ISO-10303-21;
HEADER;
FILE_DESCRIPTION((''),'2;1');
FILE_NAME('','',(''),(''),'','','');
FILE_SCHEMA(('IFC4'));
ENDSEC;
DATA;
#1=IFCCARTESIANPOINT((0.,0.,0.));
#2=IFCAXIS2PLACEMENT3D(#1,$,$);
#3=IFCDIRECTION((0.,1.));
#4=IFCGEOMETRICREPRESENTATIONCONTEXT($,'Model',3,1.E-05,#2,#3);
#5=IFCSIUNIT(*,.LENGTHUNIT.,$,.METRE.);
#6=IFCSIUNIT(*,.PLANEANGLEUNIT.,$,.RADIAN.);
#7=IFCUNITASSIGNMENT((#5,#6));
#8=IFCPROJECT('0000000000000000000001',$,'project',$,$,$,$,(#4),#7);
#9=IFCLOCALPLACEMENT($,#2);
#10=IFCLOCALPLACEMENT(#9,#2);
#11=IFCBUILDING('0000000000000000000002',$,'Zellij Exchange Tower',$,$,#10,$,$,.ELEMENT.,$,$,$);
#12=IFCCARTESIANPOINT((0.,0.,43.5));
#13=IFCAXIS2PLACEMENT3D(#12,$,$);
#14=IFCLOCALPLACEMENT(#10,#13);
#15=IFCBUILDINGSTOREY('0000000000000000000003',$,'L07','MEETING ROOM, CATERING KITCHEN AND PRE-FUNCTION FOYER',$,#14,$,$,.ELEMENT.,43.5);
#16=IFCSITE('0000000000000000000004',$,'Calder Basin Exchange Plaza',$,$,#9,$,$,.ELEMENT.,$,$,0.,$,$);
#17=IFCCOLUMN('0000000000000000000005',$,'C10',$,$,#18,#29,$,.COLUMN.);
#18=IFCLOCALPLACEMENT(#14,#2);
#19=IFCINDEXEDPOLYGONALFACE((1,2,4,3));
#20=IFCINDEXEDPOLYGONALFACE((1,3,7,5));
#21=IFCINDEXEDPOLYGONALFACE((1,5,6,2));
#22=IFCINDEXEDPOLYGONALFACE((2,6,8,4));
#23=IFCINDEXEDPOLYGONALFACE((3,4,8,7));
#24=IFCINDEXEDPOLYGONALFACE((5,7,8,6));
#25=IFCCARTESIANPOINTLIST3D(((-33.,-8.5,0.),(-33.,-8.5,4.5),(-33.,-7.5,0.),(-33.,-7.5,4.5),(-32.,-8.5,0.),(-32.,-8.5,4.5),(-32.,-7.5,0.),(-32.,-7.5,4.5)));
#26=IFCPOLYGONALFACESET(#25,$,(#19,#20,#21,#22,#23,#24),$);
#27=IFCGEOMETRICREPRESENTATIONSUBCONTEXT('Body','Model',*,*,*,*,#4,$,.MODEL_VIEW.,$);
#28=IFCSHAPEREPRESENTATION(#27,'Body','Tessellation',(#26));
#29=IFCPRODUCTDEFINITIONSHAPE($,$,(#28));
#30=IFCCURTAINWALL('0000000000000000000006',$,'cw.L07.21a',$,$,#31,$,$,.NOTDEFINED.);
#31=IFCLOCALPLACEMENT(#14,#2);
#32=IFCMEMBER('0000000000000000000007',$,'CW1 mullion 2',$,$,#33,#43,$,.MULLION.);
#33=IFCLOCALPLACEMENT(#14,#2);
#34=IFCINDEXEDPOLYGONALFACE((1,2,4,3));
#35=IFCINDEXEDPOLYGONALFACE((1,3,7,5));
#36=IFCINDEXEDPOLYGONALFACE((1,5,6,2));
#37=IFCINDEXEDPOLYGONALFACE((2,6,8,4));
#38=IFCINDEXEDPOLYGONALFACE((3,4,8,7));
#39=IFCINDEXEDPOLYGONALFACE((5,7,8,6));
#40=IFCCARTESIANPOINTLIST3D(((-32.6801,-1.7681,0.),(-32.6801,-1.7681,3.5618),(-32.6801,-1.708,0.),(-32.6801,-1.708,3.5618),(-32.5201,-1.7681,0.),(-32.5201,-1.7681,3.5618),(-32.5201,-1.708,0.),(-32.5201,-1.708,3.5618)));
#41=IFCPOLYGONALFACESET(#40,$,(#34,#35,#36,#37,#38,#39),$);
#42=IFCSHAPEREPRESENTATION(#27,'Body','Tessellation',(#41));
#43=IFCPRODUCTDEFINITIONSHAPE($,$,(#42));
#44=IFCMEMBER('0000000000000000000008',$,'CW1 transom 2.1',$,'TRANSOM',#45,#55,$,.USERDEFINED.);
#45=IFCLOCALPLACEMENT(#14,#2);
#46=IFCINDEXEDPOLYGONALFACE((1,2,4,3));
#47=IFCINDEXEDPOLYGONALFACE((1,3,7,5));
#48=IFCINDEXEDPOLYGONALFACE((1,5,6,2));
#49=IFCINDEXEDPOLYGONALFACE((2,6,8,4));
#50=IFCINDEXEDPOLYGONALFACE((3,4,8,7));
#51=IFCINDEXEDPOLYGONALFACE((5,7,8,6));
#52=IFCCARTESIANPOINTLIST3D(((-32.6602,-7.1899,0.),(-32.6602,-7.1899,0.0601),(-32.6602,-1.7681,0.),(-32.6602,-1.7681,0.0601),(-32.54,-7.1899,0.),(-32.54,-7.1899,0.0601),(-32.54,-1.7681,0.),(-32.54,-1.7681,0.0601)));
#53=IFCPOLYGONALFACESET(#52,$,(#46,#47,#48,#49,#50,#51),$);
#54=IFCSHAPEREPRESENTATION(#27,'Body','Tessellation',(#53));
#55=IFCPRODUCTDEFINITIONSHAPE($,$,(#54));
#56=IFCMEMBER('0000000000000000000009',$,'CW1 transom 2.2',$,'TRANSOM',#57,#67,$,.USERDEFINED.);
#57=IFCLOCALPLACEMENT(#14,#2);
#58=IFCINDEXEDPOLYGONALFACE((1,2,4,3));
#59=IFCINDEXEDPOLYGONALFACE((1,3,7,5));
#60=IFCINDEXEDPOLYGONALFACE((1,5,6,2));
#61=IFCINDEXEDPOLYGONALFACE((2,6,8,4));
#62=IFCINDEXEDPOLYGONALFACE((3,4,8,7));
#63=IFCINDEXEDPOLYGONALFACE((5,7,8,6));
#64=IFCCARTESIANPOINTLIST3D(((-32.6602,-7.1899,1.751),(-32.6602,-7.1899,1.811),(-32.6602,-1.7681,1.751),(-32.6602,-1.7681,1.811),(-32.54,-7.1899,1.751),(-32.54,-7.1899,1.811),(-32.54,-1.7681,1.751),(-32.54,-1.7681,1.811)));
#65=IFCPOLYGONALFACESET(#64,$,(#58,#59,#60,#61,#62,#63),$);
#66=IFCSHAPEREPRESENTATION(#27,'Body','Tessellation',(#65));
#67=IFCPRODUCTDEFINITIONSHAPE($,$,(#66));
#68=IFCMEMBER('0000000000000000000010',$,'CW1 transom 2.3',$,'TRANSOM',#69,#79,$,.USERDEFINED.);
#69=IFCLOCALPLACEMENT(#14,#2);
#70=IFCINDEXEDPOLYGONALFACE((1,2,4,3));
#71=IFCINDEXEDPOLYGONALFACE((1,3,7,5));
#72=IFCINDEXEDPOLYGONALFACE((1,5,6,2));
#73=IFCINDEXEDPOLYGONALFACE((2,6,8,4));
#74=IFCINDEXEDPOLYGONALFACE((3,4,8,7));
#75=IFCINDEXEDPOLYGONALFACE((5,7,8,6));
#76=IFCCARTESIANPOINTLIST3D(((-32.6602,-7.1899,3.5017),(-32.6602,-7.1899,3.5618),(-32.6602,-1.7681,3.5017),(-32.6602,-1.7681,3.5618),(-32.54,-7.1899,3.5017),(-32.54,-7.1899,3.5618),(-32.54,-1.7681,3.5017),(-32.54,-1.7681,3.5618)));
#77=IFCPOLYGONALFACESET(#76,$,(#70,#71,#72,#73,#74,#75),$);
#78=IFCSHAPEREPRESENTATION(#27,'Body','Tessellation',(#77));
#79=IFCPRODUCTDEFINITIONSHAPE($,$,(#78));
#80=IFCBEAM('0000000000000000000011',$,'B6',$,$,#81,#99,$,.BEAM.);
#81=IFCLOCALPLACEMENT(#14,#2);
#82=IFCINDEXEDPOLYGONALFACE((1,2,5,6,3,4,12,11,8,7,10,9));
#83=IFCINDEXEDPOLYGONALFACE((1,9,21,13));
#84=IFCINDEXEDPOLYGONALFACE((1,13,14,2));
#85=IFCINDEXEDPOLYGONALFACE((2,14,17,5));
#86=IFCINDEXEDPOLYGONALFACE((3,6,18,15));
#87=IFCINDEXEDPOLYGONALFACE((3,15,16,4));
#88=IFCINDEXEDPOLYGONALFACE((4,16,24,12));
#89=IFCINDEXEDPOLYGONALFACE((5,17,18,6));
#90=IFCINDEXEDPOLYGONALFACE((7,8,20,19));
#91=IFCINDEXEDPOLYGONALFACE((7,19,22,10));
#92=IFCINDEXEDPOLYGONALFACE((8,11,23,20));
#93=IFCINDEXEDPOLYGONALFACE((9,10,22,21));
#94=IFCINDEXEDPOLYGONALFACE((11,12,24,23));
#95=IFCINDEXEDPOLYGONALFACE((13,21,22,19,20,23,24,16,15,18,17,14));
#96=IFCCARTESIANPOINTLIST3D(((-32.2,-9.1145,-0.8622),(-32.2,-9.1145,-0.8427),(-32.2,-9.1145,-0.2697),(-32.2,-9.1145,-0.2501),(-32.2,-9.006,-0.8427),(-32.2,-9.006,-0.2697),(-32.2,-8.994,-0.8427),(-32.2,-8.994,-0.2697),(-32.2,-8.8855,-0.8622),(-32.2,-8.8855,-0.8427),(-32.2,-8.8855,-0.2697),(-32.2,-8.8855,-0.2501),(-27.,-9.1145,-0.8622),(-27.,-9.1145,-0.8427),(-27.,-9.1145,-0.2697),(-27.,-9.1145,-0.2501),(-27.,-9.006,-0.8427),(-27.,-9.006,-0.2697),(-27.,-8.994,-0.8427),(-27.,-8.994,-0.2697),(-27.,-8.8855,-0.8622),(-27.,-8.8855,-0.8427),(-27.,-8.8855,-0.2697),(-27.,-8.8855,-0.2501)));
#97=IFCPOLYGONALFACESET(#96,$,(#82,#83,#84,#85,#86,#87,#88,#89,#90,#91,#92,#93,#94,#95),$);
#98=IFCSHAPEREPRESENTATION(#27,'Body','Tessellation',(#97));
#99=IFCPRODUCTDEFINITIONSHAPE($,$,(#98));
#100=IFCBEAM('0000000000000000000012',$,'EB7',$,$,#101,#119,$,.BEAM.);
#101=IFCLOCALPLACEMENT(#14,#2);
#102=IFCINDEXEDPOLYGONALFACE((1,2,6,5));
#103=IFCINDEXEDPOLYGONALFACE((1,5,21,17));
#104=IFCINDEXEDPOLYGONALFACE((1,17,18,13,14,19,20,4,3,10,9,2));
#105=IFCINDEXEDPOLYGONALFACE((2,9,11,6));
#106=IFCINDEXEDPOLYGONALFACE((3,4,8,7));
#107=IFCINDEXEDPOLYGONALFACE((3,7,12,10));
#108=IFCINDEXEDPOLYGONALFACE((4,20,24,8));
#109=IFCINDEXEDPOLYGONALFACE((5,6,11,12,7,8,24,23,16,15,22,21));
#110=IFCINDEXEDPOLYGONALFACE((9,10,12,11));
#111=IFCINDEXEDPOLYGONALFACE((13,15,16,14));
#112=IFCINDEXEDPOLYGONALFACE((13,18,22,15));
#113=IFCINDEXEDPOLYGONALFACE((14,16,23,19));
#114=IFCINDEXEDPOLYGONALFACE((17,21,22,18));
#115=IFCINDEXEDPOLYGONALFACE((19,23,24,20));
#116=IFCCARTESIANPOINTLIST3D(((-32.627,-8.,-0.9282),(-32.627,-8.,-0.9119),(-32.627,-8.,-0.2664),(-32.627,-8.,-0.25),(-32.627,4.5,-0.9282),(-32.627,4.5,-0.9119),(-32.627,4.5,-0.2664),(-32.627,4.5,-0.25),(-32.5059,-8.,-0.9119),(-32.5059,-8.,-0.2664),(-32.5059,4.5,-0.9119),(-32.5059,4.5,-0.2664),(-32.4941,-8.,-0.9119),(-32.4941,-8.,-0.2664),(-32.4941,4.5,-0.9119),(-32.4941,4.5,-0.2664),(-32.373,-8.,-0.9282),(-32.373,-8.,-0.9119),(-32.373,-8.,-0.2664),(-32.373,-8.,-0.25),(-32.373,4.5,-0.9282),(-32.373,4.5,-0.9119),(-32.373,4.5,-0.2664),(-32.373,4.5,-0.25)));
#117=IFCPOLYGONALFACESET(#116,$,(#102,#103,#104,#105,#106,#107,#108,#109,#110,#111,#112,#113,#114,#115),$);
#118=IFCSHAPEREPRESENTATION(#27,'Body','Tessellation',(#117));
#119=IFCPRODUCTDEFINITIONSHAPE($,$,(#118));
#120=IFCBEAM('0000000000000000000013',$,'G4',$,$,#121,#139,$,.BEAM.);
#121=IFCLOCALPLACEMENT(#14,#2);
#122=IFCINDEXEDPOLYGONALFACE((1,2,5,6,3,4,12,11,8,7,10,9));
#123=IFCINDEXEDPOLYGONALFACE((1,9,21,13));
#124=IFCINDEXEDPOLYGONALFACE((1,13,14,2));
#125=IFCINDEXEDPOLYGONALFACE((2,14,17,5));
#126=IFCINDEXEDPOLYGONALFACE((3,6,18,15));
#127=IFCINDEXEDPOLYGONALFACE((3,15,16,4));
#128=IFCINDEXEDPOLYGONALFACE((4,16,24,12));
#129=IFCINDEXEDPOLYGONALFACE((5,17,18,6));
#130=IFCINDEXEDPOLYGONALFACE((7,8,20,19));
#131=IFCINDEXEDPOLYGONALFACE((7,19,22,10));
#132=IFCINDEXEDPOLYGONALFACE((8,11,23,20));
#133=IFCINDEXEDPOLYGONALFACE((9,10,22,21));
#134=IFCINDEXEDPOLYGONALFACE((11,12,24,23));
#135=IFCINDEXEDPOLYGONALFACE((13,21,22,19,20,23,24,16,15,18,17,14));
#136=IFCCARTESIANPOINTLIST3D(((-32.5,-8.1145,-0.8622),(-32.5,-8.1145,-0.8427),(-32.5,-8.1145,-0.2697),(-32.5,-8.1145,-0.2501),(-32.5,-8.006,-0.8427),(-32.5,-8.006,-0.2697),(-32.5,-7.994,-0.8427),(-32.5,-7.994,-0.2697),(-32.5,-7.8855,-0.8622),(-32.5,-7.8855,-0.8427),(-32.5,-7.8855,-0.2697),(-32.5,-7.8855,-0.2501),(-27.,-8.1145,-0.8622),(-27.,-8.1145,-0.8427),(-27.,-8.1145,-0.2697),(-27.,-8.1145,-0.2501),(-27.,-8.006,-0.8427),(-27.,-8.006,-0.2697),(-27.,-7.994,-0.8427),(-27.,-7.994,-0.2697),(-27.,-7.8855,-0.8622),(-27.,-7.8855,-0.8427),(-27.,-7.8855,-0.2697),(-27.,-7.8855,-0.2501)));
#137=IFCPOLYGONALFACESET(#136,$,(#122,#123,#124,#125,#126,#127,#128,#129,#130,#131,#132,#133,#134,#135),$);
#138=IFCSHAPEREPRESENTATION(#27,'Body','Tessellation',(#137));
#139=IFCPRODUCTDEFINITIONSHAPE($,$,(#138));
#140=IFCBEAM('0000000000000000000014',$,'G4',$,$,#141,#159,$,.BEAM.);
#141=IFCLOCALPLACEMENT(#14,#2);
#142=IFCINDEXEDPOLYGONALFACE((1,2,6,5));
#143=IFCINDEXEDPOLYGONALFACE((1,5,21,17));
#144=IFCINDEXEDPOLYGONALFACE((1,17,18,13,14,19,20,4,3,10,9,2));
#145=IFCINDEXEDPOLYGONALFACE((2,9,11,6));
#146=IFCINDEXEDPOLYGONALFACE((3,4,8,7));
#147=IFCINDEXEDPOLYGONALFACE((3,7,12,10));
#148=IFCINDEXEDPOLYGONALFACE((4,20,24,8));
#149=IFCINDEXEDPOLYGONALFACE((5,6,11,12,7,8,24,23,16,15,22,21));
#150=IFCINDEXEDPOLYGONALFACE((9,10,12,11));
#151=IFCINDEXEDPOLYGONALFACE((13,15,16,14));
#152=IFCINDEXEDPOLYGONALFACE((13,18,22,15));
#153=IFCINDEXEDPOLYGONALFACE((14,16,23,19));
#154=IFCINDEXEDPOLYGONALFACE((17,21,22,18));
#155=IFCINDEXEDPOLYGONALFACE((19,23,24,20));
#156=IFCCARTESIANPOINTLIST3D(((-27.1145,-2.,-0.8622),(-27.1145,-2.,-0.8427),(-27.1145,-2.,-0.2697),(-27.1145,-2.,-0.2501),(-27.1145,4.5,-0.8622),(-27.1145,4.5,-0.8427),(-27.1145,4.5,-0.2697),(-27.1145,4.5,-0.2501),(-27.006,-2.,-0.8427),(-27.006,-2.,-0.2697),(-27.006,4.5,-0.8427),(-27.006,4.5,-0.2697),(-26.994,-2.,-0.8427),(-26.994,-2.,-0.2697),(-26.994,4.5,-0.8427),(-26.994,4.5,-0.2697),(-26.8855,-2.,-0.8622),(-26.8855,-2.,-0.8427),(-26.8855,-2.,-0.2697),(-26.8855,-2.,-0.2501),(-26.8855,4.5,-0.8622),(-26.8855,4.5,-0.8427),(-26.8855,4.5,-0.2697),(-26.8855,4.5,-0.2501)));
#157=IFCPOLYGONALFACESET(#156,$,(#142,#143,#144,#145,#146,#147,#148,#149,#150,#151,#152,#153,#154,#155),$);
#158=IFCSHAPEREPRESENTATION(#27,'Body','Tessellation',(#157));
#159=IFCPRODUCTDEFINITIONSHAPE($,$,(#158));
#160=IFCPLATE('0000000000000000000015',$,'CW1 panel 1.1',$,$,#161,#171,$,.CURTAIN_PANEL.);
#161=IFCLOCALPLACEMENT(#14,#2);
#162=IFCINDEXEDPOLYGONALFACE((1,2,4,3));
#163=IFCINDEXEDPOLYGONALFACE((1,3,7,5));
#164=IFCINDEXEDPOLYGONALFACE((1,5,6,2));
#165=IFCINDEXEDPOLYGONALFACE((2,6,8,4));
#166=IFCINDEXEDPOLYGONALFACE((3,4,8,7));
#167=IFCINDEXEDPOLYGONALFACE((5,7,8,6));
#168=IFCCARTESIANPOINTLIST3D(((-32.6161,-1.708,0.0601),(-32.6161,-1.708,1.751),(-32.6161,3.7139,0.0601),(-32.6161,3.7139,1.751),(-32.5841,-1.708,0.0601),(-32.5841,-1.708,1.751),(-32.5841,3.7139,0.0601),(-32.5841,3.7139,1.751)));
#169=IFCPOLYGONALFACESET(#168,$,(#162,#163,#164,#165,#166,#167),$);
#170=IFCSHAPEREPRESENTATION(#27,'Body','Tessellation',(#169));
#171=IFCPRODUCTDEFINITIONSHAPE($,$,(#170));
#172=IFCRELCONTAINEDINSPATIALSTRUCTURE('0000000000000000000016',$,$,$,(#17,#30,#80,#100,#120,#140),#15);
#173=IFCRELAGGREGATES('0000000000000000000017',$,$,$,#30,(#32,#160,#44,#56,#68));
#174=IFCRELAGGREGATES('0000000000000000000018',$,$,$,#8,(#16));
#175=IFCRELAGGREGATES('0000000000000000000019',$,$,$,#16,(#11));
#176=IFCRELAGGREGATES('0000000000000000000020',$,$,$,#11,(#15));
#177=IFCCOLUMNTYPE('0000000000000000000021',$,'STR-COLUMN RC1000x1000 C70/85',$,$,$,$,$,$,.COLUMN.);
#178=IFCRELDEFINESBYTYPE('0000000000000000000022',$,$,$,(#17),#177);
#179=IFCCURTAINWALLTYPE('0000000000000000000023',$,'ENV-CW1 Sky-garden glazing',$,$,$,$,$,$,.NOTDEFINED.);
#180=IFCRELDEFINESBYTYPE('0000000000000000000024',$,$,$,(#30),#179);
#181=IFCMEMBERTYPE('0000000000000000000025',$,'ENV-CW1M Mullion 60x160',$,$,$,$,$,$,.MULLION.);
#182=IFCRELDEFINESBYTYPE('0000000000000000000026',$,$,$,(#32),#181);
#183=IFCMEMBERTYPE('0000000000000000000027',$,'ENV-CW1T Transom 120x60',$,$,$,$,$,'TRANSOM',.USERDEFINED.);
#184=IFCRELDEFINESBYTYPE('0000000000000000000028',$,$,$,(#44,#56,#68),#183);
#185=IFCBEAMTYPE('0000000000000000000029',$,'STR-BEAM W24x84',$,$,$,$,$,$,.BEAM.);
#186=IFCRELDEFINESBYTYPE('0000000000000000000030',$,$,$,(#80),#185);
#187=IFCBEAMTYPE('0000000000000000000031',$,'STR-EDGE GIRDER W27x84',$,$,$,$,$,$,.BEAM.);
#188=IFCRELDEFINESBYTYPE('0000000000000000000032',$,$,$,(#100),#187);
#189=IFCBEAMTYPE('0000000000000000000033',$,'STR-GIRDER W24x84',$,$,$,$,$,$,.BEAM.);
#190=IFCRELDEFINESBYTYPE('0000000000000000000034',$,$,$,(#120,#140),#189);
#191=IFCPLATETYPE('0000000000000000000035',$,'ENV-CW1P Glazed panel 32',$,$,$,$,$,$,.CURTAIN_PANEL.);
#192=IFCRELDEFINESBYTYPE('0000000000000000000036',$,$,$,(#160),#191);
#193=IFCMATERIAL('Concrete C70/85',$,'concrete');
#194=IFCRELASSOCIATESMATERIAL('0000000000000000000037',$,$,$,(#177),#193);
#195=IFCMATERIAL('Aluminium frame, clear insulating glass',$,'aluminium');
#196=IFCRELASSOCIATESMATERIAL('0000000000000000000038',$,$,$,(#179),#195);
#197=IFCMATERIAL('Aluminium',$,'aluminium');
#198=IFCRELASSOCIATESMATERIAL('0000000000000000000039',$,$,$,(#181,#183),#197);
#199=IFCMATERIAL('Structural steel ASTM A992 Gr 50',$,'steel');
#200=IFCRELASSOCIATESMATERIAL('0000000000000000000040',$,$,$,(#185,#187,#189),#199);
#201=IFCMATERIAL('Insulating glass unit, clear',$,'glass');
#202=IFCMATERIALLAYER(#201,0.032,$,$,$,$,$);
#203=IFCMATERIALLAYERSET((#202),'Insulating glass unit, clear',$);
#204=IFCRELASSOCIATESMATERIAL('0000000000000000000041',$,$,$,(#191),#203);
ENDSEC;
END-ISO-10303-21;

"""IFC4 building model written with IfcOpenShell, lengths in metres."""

from ifc_helpers import new_model, si_unit, direction, frame, origin, origin_2d, place, context, subcontext, project, spatial, rectangle, i_section, extrude, material, layer, layer_set, material_profile, profile_set, type_object, element, aggregate, save


model = new_model("IFC4")

# Units and contexts
model_context = context("Model", 3, precision=1e-05, world=origin(), true_north=direction((0.0, 1.0)))
body_context = subcontext(model_context, "Body", "Model", "MODEL_VIEW")
ifc_project = project(units=[si_unit("LENGTHUNIT", "METRE"), si_unit("PLANEANGLEUNIT", "RADIAN")], contexts=[model_context])

# Site, building, storey
site_placement = place(None, origin())
site = spatial("IfcSite", under=ifc_project, at=site_placement, Name="Calder Basin Exchange Plaza", CompositionType="ELEMENT", RefElevation=0.0)
building_placement = place(site_placement, origin())
building = spatial("IfcBuilding", under=site, at=building_placement, Name="Zellij Exchange Tower", CompositionType="ELEMENT")
storey_placement = place(building_placement, frame((0.0, 0.0, 43.5)))
storey = spatial("IfcBuildingStorey", under=building, at=storey_placement, Name="L07", Description="MEETING ROOM, CATERING KITCHEN AND PRE-FUNCTION FOYER", CompositionType="ELEMENT", Elevation=43.5)

# Column
ifc_material_1 = material(Name="Concrete C70/85", Category="concrete")
ifc_material_profile_1 = material_profile(ifc_material_1, rectangle(XDim=1.0, YDim=1.0, at=origin_2d()), Name="STR-COLUMN RC1000x1000 C70/85")
ifc_profile_set_1 = profile_set([ifc_material_profile_1], Name="Concrete C70/85")
column_type = type_object("IfcColumnType", Name="STR-COLUMN RC1000x1000 C70/85", PredefinedType="COLUMN", material=ifc_profile_set_1)
column_placement = place(storey_placement, frame((-32.5, -8.0, 0.0), z_axis=(0.0, 0.0, 1.0), x_axis=(1.0, 0.0, 0.0)))
element("IfcColumn", 1, at=column_placement, inside=storey, type_object=column_type, Name="C10", PredefinedType="COLUMN", context=body_context, shape_type="SweptSolid", body=[
    extrude(rectangle(XDim=1.0, YDim=1.0, at=origin_2d()), origin(), (0.0, 0.0, 1.0), 4.5),
])

# Curtain wall, members
ifc_material_2 = material(Name="Aluminium frame, clear insulating glass", Category="aluminium")
curtain_wall_type = type_object("IfcCurtainWallType", Name="ENV-CW1 Sky-garden glazing", PredefinedType="NOTDEFINED", material=ifc_material_2)
curtain_wall_placement = place(storey_placement, origin())
curtain_wall = element("IfcCurtainWall", 2, at=curtain_wall_placement, inside=storey, type_object=curtain_wall_type, Name="cw.L07.21a", PredefinedType="NOTDEFINED")
ifc_material_3 = material(Name="Aluminium", Category="aluminium")
ifc_material_profile_2 = material_profile(ifc_material_3, rectangle(XDim=0.0601, YDim=0.1599, at=origin_2d()), Name="AL 60x160")
ifc_profile_set_2 = profile_set([ifc_material_profile_2], Name="Aluminium")
member_type_1 = type_object("IfcMemberType", Name="ENV-CW1M Mullion 60x160", PredefinedType="MULLION", material=ifc_profile_set_2)
member_1_placement = place(storey_placement, frame((-32.6001, -1.738, 0.0), z_axis=(0.0, 0.0, 1.0), x_axis=(0.0, -1.0, 0.0)))
member_1 = element("IfcMember", 3, at=member_1_placement, type_object=member_type_1, Name="CW1 mullion 2", PredefinedType="MULLION", context=body_context, shape_type="SweptSolid", body=[
    extrude(rectangle(XDim=0.0601, YDim=0.1599, at=origin_2d()), origin(), (0.0, 0.0, 1.0), 3.5618),
])
ifc_material_profile_3 = material_profile(ifc_material_3, rectangle(XDim=0.1201, YDim=0.0601, at=origin_2d()), Name="AL 120x60")
ifc_profile_set_3 = profile_set([ifc_material_profile_3], Name="Aluminium")
member_type_2 = type_object("IfcMemberType", Name="ENV-CW1T Transom 120x60", ElementType="TRANSOM", PredefinedType="USERDEFINED", material=ifc_profile_set_3)
member_2_placement = place(storey_placement, frame((-32.6001, -1.7681, 0.03), z_axis=(0.0, -1.0, 0.0), x_axis=(1.0, 0.0, 0.0)))
member_2 = element("IfcMember", 4, at=member_2_placement, type_object=member_type_2, Name="CW1 transom 2.1", ObjectType="TRANSOM", PredefinedType="USERDEFINED", context=body_context, shape_type="SweptSolid", body=[
    extrude(rectangle(XDim=0.1201, YDim=0.0601, at=origin_2d()), origin(), (0.0, 0.0, 1.0), 5.4219),
])
member_3_placement = place(storey_placement, frame((-32.6001, -1.7681, 1.781), z_axis=(0.0, -1.0, 0.0), x_axis=(1.0, 0.0, 0.0)))
member_3 = element("IfcMember", 5, at=member_3_placement, type_object=member_type_2, Name="CW1 transom 2.2", ObjectType="TRANSOM", PredefinedType="USERDEFINED", context=body_context, shape_type="SweptSolid", body=[
    extrude(rectangle(XDim=0.1201, YDim=0.0601, at=origin_2d()), origin(), (0.0, 0.0, 1.0), 5.4219),
])
member_4_placement = place(storey_placement, frame((-32.6001, -1.7681, 3.5317), z_axis=(0.0, -1.0, 0.0), x_axis=(1.0, 0.0, 0.0)))
member_4 = element("IfcMember", 6, at=member_4_placement, type_object=member_type_2, Name="CW1 transom 2.3", ObjectType="TRANSOM", PredefinedType="USERDEFINED", context=body_context, shape_type="SweptSolid", body=[
    extrude(rectangle(XDim=0.1201, YDim=0.0601, at=origin_2d()), origin(), (0.0, 0.0, 1.0), 5.4219),
])

# Beams
ifc_material_4 = material(Name="Structural steel ASTM A992 Gr 50", Category="steel")
ifc_material_profile_4 = material_profile(ifc_material_4, i_section(OverallWidth=0.229, OverallDepth=0.6121, WebThickness=0.012, FlangeThickness=0.0195, at=origin_2d()), Name="W24x84")
ifc_profile_set_4 = profile_set([ifc_material_profile_4], Name="Structural steel ASTM A992 Gr 50")
beam_type_1 = type_object("IfcBeamType", Name="STR-BEAM W24x84", PredefinedType="BEAM", material=ifc_profile_set_4)
beam_1_placement = place(storey_placement, frame((-32.2, -9.0, -0.5562), z_axis=(1.0, 0.0, 0.0), x_axis=(0.0, 1.0, 0.0)))
element("IfcBeam", 7, at=beam_1_placement, inside=storey, type_object=beam_type_1, Name="B6", PredefinedType="BEAM", context=body_context, shape_type="SweptSolid", body=[
    extrude(i_section(OverallWidth=0.229, OverallDepth=0.6121, WebThickness=0.012, FlangeThickness=0.0195, at=origin_2d()), origin(), (0.0, 0.0, 1.0), 5.2),
])
ifc_material_profile_5 = material_profile(ifc_material_4, i_section(OverallWidth=0.2539, OverallDepth=0.6782, WebThickness=0.0117, FlangeThickness=0.0164, at=origin_2d()), Name="W27x84")
ifc_profile_set_5 = profile_set([ifc_material_profile_5], Name="Structural steel ASTM A992 Gr 50")
beam_type_2 = type_object("IfcBeamType", Name="STR-EDGE GIRDER W27x84", PredefinedType="BEAM", material=ifc_profile_set_5)
beam_2_placement = place(storey_placement, frame((-32.5, -8.0, -0.5891), z_axis=(0.0, 1.0, 0.0), x_axis=(-1.0, 0.0, 0.0)))
element("IfcBeam", 8, at=beam_2_placement, inside=storey, type_object=beam_type_2, Name="EB7", PredefinedType="BEAM", context=body_context, shape_type="SweptSolid", body=[
    extrude(i_section(OverallWidth=0.2539, OverallDepth=0.6782, WebThickness=0.0117, FlangeThickness=0.0164, at=origin_2d()), origin(), (0.0, 0.0, 1.0), 12.5),
])
ifc_material_profile_6 = material_profile(ifc_material_4, i_section(OverallWidth=0.229, OverallDepth=0.6121, WebThickness=0.012, FlangeThickness=0.0195, at=origin_2d()), Name="W24x84")
ifc_profile_set_6 = profile_set([ifc_material_profile_6], Name="Structural steel ASTM A992 Gr 50")
beam_type_3 = type_object("IfcBeamType", Name="STR-GIRDER W24x84", PredefinedType="BEAM", material=ifc_profile_set_6)
beam_3_placement = place(storey_placement, frame((-32.5, -8.0, -0.5562), z_axis=(1.0, 0.0, 0.0), x_axis=(0.0, 1.0, 0.0)))
element("IfcBeam", 9, at=beam_3_placement, inside=storey, type_object=beam_type_3, Name="G4", PredefinedType="BEAM", context=body_context, shape_type="SweptSolid", body=[
    extrude(i_section(OverallWidth=0.229, OverallDepth=0.6121, WebThickness=0.012, FlangeThickness=0.0195, at=origin_2d()), origin(), (0.0, 0.0, 1.0), 5.5),
])
beam_4_placement = place(storey_placement, frame((-27.0, -2.0, -0.5562), z_axis=(0.0, 1.0, 0.0), x_axis=(-1.0, 0.0, 0.0)))
element("IfcBeam", 10, at=beam_4_placement, inside=storey, type_object=beam_type_3, Name="G4", PredefinedType="BEAM", context=body_context, shape_type="SweptSolid", body=[
    extrude(i_section(OverallWidth=0.229, OverallDepth=0.6121, WebThickness=0.012, FlangeThickness=0.0195, at=origin_2d()), origin(), (0.0, 0.0, 1.0), 6.5),
])

# Plate
ifc_material_5 = material(Name="Insulating glass unit, clear", Category="glass")
ifc_layer_1 = layer(ifc_material_5, 0.032)
ifc_layer_set_1 = layer_set([ifc_layer_1], Name="Insulating glass unit, clear")
plate_type = type_object("IfcPlateType", Name="ENV-CW1P Glazed panel 32", PredefinedType="CURTAIN_PANEL", material=ifc_layer_set_1)
plate_placement = place(storey_placement, frame((-32.6001, 1.0029, 0.0601), z_axis=(0.0, 0.0, 1.0), x_axis=(0.0, -1.0, 0.0)))
plate = element("IfcPlate", 11, at=plate_placement, type_object=plate_type, Name="CW1 panel 1.1", PredefinedType="CURTAIN_PANEL", context=body_context, shape_type="SweptSolid", body=[
    extrude(rectangle(XDim=5.4219, YDim=0.032, at=origin_2d()), origin(), (0.0, 0.0, 1.0), 1.6909),
])
aggregate(curtain_wall, [member_1, plate, member_2, member_3, member_4])

save(model, "model.ifc")
